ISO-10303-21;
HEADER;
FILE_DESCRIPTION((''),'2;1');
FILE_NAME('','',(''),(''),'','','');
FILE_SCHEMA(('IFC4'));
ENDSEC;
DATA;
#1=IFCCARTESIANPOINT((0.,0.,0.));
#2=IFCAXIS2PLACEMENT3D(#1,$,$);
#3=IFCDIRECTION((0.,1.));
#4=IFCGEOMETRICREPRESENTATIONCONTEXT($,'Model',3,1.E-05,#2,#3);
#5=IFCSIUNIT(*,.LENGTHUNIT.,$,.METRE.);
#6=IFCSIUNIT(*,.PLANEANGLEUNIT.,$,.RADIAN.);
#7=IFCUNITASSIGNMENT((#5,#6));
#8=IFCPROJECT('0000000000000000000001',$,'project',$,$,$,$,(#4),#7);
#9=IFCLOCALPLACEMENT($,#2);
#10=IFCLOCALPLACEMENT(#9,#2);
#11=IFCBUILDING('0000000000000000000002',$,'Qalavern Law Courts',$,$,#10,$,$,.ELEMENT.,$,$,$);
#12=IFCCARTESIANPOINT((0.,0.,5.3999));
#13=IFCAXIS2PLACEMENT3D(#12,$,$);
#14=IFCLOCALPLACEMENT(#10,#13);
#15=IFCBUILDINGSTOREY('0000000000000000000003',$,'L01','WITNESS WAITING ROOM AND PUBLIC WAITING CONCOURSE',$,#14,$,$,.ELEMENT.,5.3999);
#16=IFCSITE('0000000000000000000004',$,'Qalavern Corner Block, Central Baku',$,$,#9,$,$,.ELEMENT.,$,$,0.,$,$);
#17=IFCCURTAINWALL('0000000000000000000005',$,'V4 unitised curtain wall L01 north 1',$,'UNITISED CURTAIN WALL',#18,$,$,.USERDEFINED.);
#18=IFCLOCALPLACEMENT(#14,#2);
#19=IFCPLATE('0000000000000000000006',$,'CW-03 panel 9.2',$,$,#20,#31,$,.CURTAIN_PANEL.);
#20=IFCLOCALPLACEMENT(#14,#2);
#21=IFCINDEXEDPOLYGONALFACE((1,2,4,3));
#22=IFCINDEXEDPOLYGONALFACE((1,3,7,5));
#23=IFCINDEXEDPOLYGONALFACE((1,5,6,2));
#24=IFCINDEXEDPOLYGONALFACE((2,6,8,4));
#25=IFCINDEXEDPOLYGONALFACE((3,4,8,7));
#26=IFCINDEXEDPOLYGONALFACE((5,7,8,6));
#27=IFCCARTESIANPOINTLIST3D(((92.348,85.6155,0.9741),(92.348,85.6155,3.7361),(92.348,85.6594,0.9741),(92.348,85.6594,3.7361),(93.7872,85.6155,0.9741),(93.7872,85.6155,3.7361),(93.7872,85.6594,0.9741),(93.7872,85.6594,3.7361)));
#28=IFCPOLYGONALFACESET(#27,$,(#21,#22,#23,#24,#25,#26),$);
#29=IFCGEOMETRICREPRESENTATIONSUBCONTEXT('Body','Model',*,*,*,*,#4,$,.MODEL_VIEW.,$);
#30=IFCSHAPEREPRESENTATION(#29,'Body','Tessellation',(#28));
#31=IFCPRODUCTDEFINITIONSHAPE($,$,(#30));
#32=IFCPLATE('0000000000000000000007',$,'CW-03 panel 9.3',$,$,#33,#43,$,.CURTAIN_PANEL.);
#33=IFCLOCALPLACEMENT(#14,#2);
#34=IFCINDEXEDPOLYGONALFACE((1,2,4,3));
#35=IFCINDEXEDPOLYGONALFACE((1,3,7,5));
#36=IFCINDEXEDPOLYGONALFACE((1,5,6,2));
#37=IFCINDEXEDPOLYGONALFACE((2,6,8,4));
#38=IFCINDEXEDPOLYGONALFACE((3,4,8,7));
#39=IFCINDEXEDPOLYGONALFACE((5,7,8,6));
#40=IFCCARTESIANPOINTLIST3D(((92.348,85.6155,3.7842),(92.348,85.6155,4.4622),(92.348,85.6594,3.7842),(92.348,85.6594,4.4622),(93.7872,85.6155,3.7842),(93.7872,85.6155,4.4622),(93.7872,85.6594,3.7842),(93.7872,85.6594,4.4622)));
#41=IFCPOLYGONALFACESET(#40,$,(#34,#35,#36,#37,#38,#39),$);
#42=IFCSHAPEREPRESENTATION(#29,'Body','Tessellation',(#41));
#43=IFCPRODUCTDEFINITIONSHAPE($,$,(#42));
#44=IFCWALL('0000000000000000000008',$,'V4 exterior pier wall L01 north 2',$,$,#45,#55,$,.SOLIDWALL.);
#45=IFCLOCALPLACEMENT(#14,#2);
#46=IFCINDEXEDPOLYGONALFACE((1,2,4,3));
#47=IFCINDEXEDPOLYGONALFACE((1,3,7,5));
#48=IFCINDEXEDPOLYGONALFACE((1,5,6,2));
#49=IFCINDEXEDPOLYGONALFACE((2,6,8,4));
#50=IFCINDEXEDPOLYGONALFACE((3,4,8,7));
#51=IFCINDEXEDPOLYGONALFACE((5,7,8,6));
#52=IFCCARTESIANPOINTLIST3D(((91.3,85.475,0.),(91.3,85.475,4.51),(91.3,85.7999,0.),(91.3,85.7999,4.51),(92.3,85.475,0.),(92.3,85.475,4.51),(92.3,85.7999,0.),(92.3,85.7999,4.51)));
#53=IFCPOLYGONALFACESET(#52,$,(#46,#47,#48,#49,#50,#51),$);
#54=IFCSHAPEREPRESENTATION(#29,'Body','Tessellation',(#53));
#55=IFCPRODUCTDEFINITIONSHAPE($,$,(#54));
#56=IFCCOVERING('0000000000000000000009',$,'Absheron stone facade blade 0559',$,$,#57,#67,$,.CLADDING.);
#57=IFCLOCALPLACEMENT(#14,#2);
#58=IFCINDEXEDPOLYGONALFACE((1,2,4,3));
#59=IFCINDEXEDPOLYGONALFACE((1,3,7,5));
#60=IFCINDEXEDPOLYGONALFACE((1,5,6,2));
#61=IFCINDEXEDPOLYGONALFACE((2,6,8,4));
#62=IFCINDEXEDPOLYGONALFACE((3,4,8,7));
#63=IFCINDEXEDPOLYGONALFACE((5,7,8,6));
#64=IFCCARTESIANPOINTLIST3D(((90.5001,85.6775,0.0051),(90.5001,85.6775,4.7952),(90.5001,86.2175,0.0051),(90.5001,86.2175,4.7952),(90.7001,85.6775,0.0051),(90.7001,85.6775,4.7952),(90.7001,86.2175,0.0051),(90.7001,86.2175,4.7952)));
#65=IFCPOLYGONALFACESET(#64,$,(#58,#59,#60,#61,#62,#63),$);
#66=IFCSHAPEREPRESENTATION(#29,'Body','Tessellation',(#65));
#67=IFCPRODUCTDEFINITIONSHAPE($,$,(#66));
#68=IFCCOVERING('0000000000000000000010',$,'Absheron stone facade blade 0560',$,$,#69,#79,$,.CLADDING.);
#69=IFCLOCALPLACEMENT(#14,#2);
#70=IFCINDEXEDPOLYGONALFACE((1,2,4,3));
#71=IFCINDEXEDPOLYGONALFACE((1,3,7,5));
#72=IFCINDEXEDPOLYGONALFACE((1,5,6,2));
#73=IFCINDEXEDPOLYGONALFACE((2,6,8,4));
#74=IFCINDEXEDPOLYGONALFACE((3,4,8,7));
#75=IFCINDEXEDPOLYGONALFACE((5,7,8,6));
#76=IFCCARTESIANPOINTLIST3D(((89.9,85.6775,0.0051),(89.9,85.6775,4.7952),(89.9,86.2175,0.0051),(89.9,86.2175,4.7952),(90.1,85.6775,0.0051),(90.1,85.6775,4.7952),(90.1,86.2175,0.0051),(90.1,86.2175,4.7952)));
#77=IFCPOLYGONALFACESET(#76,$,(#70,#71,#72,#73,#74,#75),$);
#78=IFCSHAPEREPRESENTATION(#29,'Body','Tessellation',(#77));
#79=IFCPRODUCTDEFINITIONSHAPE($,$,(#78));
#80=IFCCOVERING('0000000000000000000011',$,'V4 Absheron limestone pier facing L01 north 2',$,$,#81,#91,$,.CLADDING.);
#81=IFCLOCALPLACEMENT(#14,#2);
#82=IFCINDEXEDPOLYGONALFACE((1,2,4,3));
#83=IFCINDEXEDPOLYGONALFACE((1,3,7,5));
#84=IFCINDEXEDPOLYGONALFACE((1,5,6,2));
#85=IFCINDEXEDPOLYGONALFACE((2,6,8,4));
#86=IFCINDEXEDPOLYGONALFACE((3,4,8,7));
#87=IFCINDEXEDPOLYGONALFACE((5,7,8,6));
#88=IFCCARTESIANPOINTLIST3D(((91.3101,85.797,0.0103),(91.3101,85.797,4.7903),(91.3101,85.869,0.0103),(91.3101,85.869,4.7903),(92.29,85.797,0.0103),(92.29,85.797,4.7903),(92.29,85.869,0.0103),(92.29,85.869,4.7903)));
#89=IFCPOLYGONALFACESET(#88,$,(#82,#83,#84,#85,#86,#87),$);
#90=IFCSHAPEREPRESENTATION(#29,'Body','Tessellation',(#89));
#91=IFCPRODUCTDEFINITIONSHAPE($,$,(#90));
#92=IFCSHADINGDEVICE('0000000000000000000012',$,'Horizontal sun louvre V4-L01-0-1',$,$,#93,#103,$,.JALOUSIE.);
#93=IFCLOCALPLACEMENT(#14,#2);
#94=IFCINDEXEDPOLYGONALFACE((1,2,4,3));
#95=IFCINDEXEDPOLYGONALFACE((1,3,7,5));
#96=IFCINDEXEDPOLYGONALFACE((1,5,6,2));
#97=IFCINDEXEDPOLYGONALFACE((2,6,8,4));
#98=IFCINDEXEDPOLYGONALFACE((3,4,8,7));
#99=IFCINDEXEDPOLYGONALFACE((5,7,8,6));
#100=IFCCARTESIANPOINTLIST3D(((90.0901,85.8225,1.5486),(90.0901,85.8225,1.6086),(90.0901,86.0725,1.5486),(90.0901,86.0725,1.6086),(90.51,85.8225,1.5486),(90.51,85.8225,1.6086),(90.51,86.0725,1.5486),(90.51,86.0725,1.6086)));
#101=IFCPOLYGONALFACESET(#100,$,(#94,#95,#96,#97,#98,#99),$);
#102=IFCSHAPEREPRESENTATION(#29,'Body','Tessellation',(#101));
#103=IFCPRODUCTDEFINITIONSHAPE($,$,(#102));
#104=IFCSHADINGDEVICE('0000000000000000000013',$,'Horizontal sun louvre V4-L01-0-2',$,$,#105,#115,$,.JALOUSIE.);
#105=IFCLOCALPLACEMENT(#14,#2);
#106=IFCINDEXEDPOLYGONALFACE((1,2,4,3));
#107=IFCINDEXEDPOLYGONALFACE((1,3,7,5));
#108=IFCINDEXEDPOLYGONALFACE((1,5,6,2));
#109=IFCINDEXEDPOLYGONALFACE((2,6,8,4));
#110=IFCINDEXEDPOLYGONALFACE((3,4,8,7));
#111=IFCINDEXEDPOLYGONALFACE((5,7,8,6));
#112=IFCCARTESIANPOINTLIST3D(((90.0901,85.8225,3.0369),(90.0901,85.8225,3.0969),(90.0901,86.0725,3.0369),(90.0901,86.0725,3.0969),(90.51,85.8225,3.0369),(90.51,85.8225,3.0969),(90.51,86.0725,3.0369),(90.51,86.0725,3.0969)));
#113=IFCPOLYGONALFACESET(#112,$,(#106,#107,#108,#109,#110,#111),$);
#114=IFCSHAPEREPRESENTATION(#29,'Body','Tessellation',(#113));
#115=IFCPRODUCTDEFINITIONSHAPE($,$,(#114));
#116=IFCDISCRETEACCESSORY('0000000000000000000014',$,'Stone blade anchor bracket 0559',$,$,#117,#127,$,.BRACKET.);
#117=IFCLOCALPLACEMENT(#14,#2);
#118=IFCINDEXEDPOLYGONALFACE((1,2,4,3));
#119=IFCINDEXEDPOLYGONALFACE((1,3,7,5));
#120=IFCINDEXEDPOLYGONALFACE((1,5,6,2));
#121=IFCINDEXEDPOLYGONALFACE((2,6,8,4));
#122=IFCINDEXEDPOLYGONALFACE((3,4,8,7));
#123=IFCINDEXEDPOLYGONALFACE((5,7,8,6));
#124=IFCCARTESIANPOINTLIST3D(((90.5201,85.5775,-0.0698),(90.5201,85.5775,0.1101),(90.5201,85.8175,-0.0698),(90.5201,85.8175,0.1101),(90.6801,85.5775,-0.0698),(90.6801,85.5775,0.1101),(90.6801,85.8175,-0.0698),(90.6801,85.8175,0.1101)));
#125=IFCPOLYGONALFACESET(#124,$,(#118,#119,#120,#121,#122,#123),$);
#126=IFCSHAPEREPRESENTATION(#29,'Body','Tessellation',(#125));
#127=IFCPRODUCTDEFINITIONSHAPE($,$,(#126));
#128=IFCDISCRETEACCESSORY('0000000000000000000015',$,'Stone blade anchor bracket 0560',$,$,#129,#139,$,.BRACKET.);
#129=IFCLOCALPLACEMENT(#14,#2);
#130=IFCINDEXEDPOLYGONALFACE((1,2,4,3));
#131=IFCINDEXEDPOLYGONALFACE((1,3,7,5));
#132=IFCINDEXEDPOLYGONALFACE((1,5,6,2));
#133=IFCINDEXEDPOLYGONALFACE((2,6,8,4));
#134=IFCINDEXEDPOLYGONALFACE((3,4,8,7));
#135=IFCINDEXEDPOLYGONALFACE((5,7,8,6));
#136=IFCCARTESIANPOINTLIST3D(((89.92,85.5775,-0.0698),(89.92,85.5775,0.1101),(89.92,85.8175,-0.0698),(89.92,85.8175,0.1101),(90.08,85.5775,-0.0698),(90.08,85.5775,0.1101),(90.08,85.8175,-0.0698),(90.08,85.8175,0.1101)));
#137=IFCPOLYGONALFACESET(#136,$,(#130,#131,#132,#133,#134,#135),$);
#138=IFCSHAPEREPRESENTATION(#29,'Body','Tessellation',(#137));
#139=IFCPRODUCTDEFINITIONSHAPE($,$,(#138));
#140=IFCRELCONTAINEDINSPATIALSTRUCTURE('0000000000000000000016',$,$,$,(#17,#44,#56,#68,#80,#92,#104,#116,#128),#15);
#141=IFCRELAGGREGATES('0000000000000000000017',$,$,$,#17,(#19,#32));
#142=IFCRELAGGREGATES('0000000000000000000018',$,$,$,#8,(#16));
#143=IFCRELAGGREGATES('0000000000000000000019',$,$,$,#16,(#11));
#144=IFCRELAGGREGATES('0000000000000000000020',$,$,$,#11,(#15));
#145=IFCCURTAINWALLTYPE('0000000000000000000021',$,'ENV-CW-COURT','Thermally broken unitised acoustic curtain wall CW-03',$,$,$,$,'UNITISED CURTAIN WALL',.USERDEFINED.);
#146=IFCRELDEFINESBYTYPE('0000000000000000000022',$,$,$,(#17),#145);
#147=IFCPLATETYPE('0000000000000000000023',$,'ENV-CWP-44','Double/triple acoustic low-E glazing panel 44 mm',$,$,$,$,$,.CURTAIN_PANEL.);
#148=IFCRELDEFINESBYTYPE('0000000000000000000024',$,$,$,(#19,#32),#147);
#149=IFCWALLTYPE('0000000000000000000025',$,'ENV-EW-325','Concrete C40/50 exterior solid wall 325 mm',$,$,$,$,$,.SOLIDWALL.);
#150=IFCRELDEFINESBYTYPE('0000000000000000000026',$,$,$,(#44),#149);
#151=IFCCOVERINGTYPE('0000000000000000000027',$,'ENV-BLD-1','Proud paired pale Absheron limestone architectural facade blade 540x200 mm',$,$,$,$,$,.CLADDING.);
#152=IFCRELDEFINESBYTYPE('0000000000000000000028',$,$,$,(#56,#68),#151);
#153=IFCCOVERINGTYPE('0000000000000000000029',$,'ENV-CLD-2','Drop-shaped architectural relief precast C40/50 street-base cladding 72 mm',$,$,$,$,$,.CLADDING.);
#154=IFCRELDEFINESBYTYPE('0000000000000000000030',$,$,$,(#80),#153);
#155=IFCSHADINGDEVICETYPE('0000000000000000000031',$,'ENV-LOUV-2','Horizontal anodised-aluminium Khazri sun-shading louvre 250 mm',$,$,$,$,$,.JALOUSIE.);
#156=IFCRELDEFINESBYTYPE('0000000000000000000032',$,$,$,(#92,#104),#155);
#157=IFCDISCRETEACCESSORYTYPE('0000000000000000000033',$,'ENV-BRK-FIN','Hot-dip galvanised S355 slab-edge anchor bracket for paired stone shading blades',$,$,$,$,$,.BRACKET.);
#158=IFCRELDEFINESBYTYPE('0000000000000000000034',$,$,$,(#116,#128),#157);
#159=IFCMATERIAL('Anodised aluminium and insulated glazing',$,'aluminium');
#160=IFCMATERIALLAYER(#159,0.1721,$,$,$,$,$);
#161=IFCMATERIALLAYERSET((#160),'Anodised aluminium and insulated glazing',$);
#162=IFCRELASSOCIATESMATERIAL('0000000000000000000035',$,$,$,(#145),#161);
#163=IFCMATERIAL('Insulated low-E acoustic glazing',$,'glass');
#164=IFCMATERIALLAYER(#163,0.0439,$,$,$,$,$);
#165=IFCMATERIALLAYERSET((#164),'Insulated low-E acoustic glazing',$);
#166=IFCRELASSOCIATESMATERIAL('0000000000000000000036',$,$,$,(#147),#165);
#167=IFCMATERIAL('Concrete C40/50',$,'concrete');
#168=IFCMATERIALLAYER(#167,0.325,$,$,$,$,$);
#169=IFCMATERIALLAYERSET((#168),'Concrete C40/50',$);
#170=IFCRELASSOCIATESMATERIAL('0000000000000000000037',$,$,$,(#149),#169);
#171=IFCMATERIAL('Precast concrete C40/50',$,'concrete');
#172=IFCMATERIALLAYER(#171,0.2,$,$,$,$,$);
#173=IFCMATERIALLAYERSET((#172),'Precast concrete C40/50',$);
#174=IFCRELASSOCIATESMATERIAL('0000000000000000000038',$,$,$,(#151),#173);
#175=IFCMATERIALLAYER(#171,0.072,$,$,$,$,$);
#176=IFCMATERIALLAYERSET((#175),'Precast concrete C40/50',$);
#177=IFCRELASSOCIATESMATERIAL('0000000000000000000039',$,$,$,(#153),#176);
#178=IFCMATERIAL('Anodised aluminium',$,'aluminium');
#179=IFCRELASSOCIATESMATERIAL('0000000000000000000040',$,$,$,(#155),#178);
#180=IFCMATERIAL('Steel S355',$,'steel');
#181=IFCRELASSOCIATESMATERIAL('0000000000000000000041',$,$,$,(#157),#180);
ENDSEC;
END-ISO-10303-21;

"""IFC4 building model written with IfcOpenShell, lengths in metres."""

from ifc_helpers import new_model, si_unit, direction, frame, frame_2d, origin, origin_2d, place, context, subcontext, project, spatial, rectangle, extrude, material, layer, layer_set, type_object, element, aggregate, save


model = new_model("IFC4")

# Units and contexts
model_context = context("Model", 3, precision=1e-05, world=origin(), true_north=direction((0.0, 1.0)))
body_context = subcontext(model_context, "Body", "Model", "MODEL_VIEW")
ifc_project = project(units=[si_unit("LENGTHUNIT", "METRE"), si_unit("PLANEANGLEUNIT", "RADIAN")], contexts=[model_context])

# Site, building, storey
site_placement = place(None, origin())
site = spatial("IfcSite", under=ifc_project, at=site_placement, Name="Qalavern Corner Block, Central Baku", CompositionType="ELEMENT", RefElevation=0.0)
building_placement = place(site_placement, origin())
building = spatial("IfcBuilding", under=site, at=building_placement, Name="Qalavern Law Courts", CompositionType="ELEMENT")
storey_placement = place(building_placement, frame((0.0, 0.0, 5.3999)))
storey = spatial("IfcBuildingStorey", under=building, at=storey_placement, Name="L01", Description="WITNESS WAITING ROOM AND PUBLIC WAITING CONCOURSE", CompositionType="ELEMENT", Elevation=5.3999)

# Curtain wall
ifc_material_1 = material(Name="Anodised aluminium and insulated glazing", Category="aluminium")
ifc_layer_1 = layer(ifc_material_1, 0.1721)
ifc_layer_set_1 = layer_set([ifc_layer_1], Name="Anodised aluminium and insulated glazing")
curtain_wall_type = type_object("IfcCurtainWallType", Name="ENV-CW-COURT", Description="Thermally broken unitised acoustic curtain wall CW-03", ElementType="UNITISED CURTAIN WALL", PredefinedType="USERDEFINED", material=ifc_layer_set_1)
curtain_wall_1_placement = place(storey_placement, origin())
curtain_wall_1 = element("IfcCurtainWall", 1, at=curtain_wall_1_placement, inside=storey, type_object=curtain_wall_type, Name="V4 unitised curtain wall L01 north 1", ObjectType="UNITISED CURTAIN WALL", PredefinedType="USERDEFINED")
ifc_material_2 = material(Name="Anodised aluminium", Category="aluminium")

# Plates
ifc_material_3 = material(Name="Insulated low-E acoustic glazing", Category="glass")
ifc_layer_2 = layer(ifc_material_3, 0.0439)
ifc_layer_set_2 = layer_set([ifc_layer_2], Name="Insulated low-E acoustic glazing")
plate_type = type_object("IfcPlateType", Name="ENV-CWP-44", Description="Double/triple acoustic low-E glazing panel 44 mm", PredefinedType="CURTAIN_PANEL", material=ifc_layer_set_2)
plate_1_placement = place(storey_placement, frame((93.0676, 85.6375, 0.9741), z_axis=(0.0, 0.0, 1.0), x_axis=(-1.0, 0.0, 0.0)))
plate_1 = element("IfcPlate", 2, at=plate_1_placement, type_object=plate_type, Name="CW-03 panel 9.2", PredefinedType="CURTAIN_PANEL", context=body_context, shape_type="SweptSolid", body=[
    extrude(rectangle(XDim=1.4392, YDim=0.0439, at=origin_2d()), origin(), (0.0, 0.0, 1.0), 2.762),
])
plate_2_placement = place(storey_placement, frame((93.0676, 85.6375, 3.7842), z_axis=(0.0, 0.0, 1.0), x_axis=(-1.0, 0.0, 0.0)))
plate_2 = element("IfcPlate", 3, at=plate_2_placement, type_object=plate_type, Name="CW-03 panel 9.3", PredefinedType="CURTAIN_PANEL", context=body_context, shape_type="SweptSolid", body=[
    extrude(rectangle(XDim=1.4392, YDim=0.0439, at=origin_2d()), origin(), (0.0, 0.0, 1.0), 0.678),
])
aggregate(curtain_wall_1, [plate_1, plate_2])

# Wall
ifc_material_4 = material(Name="Concrete C40/50", Category="concrete")
ifc_layer_3 = layer(ifc_material_4, 0.325)
ifc_layer_set_3 = layer_set([ifc_layer_3], Name="Concrete C40/50")
wall_type = type_object("IfcWallType", Name="ENV-EW-325", Description="Concrete C40/50 exterior solid wall 325 mm", PredefinedType="SOLIDWALL", material=ifc_layer_set_3)
wall_placement = place(storey_placement, frame((92.3, 85.6375, 0.0), z_axis=(0.0, 0.0, 1.0), x_axis=(-1.0, 0.0, 0.0)))
element("IfcWall", 4, at=wall_placement, inside=storey, type_object=wall_type, Name="V4 exterior pier wall L01 north 2", PredefinedType="SOLIDWALL", context=body_context, shape_type="SweptSolid", body=[
    extrude(rectangle(XDim=1.0, YDim=0.325, at=frame_2d((0.5, 0.0))), origin(), (0.0, 0.0, 1.0), 4.51),
])

# Coverings
ifc_material_5 = material(Name="Precast concrete C40/50", Category="concrete")
ifc_layer_4 = layer(ifc_material_5, 0.2)
ifc_layer_set_4 = layer_set([ifc_layer_4], Name="Precast concrete C40/50")
covering_type_1 = type_object("IfcCoveringType", Name="ENV-BLD-1", Description="Proud paired pale Absheron limestone architectural facade blade 540x200 mm", PredefinedType="CLADDING", material=ifc_layer_set_4)
for number, where, z_axis, x_axis, name in (
    (5, (90.6001, 85.9475, 0.0051), (0.0, 0.0, 1.0), (0.0, 1.0, 0.0), "Absheron stone facade blade 0559"),
    (6, (90.0, 85.9475, 0.0051), (0.0, 0.0, 1.0), (0.0, 1.0, 0.0), "Absheron stone facade blade 0560"),
):
    element("IfcCovering", number, at=place(storey_placement, frame(where, z_axis=z_axis, x_axis=x_axis)), inside=storey, type_object=covering_type_1, Name=name, PredefinedType="CLADDING", context=body_context, shape_type="SweptSolid", body=[
        extrude(rectangle(XDim=0.54, YDim=0.2, at=origin_2d()), origin(), (0.0, 0.0, 1.0), 4.79),
    ])
ifc_layer_5 = layer(ifc_material_5, 0.072)
ifc_layer_set_5 = layer_set([ifc_layer_5], Name="Precast concrete C40/50")
covering_type_2 = type_object("IfcCoveringType", Name="ENV-CLD-2", Description="Drop-shaped architectural relief precast C40/50 street-base cladding 72 mm", PredefinedType="CLADDING", material=ifc_layer_set_5)
covering_placement = place(storey_placement, frame((91.8, 85.833, 0.0103), z_axis=(0.0, 0.0, 1.0), x_axis=(-1.0, 0.0, 0.0)))
element("IfcCovering", 7, at=covering_placement, inside=storey, type_object=covering_type_2, Name="V4 Absheron limestone pier facing L01 north 2", PredefinedType="CLADDING", context=body_context, shape_type="SweptSolid", body=[
    extrude(rectangle(XDim=0.98, YDim=0.072, at=origin_2d()), origin(), (0.0, 0.0, 1.0), 4.78),
])

# Shading devices
shading_device_type = type_object("IfcShadingDeviceType", Name="ENV-LOUV-2", Description="Horizontal anodised-aluminium Khazri sun-shading louvre 250 mm", PredefinedType="JALOUSIE", material=ifc_material_2)
for number, where, z_axis, x_axis, name in (
    (8, (90.3, 85.9475, 1.5486), (0.0, 0.0, 1.0), (-1.0, 0.0, 0.0), "Horizontal sun louvre V4-L01-0-1"),
    (9, (90.3, 85.9475, 3.0369), (0.0, 0.0, 1.0), (-1.0, 0.0, 0.0), "Horizontal sun louvre V4-L01-0-2"),
):
    element("IfcShadingDevice", number, at=place(storey_placement, frame(where, z_axis=z_axis, x_axis=x_axis)), inside=storey, type_object=shading_device_type, Name=name, PredefinedType="JALOUSIE", context=body_context, shape_type="SweptSolid", body=[
        extrude(rectangle(XDim=0.4199, YDim=0.25, at=origin_2d()), origin(), (0.0, 0.0, 1.0), 0.0601),
    ])

# Discrete accessories
ifc_material_6 = material(Name="Steel S355", Category="steel")
discrete_accessory_type = type_object("IfcDiscreteAccessoryType", Name="ENV-BRK-FIN", Description="Hot-dip galvanised S355 slab-edge anchor bracket for paired stone shading blades", PredefinedType="BRACKET", material=ifc_material_6)
for number, where, z_axis, x_axis, name in (
    (10, (90.6001, 85.6975, -0.0698), (0.0, 0.0, 1.0), (0.0, 1.0, 0.0), "Stone blade anchor bracket 0559"),
    (11, (90.0, 85.6975, -0.0698), (0.0, 0.0, 1.0), (0.0, 1.0, 0.0), "Stone blade anchor bracket 0560"),
):
    element("IfcDiscreteAccessory", number, at=place(storey_placement, frame(where, z_axis=z_axis, x_axis=x_axis)), inside=storey, type_object=discrete_accessory_type, Name=name, PredefinedType="BRACKET", context=body_context, shape_type="SweptSolid", body=[
        extrude(rectangle(XDim=0.24, YDim=0.1599, at=origin_2d()), origin(), (0.0, 0.0, 1.0), 0.1799),
    ])

save(model, "model.ifc")
